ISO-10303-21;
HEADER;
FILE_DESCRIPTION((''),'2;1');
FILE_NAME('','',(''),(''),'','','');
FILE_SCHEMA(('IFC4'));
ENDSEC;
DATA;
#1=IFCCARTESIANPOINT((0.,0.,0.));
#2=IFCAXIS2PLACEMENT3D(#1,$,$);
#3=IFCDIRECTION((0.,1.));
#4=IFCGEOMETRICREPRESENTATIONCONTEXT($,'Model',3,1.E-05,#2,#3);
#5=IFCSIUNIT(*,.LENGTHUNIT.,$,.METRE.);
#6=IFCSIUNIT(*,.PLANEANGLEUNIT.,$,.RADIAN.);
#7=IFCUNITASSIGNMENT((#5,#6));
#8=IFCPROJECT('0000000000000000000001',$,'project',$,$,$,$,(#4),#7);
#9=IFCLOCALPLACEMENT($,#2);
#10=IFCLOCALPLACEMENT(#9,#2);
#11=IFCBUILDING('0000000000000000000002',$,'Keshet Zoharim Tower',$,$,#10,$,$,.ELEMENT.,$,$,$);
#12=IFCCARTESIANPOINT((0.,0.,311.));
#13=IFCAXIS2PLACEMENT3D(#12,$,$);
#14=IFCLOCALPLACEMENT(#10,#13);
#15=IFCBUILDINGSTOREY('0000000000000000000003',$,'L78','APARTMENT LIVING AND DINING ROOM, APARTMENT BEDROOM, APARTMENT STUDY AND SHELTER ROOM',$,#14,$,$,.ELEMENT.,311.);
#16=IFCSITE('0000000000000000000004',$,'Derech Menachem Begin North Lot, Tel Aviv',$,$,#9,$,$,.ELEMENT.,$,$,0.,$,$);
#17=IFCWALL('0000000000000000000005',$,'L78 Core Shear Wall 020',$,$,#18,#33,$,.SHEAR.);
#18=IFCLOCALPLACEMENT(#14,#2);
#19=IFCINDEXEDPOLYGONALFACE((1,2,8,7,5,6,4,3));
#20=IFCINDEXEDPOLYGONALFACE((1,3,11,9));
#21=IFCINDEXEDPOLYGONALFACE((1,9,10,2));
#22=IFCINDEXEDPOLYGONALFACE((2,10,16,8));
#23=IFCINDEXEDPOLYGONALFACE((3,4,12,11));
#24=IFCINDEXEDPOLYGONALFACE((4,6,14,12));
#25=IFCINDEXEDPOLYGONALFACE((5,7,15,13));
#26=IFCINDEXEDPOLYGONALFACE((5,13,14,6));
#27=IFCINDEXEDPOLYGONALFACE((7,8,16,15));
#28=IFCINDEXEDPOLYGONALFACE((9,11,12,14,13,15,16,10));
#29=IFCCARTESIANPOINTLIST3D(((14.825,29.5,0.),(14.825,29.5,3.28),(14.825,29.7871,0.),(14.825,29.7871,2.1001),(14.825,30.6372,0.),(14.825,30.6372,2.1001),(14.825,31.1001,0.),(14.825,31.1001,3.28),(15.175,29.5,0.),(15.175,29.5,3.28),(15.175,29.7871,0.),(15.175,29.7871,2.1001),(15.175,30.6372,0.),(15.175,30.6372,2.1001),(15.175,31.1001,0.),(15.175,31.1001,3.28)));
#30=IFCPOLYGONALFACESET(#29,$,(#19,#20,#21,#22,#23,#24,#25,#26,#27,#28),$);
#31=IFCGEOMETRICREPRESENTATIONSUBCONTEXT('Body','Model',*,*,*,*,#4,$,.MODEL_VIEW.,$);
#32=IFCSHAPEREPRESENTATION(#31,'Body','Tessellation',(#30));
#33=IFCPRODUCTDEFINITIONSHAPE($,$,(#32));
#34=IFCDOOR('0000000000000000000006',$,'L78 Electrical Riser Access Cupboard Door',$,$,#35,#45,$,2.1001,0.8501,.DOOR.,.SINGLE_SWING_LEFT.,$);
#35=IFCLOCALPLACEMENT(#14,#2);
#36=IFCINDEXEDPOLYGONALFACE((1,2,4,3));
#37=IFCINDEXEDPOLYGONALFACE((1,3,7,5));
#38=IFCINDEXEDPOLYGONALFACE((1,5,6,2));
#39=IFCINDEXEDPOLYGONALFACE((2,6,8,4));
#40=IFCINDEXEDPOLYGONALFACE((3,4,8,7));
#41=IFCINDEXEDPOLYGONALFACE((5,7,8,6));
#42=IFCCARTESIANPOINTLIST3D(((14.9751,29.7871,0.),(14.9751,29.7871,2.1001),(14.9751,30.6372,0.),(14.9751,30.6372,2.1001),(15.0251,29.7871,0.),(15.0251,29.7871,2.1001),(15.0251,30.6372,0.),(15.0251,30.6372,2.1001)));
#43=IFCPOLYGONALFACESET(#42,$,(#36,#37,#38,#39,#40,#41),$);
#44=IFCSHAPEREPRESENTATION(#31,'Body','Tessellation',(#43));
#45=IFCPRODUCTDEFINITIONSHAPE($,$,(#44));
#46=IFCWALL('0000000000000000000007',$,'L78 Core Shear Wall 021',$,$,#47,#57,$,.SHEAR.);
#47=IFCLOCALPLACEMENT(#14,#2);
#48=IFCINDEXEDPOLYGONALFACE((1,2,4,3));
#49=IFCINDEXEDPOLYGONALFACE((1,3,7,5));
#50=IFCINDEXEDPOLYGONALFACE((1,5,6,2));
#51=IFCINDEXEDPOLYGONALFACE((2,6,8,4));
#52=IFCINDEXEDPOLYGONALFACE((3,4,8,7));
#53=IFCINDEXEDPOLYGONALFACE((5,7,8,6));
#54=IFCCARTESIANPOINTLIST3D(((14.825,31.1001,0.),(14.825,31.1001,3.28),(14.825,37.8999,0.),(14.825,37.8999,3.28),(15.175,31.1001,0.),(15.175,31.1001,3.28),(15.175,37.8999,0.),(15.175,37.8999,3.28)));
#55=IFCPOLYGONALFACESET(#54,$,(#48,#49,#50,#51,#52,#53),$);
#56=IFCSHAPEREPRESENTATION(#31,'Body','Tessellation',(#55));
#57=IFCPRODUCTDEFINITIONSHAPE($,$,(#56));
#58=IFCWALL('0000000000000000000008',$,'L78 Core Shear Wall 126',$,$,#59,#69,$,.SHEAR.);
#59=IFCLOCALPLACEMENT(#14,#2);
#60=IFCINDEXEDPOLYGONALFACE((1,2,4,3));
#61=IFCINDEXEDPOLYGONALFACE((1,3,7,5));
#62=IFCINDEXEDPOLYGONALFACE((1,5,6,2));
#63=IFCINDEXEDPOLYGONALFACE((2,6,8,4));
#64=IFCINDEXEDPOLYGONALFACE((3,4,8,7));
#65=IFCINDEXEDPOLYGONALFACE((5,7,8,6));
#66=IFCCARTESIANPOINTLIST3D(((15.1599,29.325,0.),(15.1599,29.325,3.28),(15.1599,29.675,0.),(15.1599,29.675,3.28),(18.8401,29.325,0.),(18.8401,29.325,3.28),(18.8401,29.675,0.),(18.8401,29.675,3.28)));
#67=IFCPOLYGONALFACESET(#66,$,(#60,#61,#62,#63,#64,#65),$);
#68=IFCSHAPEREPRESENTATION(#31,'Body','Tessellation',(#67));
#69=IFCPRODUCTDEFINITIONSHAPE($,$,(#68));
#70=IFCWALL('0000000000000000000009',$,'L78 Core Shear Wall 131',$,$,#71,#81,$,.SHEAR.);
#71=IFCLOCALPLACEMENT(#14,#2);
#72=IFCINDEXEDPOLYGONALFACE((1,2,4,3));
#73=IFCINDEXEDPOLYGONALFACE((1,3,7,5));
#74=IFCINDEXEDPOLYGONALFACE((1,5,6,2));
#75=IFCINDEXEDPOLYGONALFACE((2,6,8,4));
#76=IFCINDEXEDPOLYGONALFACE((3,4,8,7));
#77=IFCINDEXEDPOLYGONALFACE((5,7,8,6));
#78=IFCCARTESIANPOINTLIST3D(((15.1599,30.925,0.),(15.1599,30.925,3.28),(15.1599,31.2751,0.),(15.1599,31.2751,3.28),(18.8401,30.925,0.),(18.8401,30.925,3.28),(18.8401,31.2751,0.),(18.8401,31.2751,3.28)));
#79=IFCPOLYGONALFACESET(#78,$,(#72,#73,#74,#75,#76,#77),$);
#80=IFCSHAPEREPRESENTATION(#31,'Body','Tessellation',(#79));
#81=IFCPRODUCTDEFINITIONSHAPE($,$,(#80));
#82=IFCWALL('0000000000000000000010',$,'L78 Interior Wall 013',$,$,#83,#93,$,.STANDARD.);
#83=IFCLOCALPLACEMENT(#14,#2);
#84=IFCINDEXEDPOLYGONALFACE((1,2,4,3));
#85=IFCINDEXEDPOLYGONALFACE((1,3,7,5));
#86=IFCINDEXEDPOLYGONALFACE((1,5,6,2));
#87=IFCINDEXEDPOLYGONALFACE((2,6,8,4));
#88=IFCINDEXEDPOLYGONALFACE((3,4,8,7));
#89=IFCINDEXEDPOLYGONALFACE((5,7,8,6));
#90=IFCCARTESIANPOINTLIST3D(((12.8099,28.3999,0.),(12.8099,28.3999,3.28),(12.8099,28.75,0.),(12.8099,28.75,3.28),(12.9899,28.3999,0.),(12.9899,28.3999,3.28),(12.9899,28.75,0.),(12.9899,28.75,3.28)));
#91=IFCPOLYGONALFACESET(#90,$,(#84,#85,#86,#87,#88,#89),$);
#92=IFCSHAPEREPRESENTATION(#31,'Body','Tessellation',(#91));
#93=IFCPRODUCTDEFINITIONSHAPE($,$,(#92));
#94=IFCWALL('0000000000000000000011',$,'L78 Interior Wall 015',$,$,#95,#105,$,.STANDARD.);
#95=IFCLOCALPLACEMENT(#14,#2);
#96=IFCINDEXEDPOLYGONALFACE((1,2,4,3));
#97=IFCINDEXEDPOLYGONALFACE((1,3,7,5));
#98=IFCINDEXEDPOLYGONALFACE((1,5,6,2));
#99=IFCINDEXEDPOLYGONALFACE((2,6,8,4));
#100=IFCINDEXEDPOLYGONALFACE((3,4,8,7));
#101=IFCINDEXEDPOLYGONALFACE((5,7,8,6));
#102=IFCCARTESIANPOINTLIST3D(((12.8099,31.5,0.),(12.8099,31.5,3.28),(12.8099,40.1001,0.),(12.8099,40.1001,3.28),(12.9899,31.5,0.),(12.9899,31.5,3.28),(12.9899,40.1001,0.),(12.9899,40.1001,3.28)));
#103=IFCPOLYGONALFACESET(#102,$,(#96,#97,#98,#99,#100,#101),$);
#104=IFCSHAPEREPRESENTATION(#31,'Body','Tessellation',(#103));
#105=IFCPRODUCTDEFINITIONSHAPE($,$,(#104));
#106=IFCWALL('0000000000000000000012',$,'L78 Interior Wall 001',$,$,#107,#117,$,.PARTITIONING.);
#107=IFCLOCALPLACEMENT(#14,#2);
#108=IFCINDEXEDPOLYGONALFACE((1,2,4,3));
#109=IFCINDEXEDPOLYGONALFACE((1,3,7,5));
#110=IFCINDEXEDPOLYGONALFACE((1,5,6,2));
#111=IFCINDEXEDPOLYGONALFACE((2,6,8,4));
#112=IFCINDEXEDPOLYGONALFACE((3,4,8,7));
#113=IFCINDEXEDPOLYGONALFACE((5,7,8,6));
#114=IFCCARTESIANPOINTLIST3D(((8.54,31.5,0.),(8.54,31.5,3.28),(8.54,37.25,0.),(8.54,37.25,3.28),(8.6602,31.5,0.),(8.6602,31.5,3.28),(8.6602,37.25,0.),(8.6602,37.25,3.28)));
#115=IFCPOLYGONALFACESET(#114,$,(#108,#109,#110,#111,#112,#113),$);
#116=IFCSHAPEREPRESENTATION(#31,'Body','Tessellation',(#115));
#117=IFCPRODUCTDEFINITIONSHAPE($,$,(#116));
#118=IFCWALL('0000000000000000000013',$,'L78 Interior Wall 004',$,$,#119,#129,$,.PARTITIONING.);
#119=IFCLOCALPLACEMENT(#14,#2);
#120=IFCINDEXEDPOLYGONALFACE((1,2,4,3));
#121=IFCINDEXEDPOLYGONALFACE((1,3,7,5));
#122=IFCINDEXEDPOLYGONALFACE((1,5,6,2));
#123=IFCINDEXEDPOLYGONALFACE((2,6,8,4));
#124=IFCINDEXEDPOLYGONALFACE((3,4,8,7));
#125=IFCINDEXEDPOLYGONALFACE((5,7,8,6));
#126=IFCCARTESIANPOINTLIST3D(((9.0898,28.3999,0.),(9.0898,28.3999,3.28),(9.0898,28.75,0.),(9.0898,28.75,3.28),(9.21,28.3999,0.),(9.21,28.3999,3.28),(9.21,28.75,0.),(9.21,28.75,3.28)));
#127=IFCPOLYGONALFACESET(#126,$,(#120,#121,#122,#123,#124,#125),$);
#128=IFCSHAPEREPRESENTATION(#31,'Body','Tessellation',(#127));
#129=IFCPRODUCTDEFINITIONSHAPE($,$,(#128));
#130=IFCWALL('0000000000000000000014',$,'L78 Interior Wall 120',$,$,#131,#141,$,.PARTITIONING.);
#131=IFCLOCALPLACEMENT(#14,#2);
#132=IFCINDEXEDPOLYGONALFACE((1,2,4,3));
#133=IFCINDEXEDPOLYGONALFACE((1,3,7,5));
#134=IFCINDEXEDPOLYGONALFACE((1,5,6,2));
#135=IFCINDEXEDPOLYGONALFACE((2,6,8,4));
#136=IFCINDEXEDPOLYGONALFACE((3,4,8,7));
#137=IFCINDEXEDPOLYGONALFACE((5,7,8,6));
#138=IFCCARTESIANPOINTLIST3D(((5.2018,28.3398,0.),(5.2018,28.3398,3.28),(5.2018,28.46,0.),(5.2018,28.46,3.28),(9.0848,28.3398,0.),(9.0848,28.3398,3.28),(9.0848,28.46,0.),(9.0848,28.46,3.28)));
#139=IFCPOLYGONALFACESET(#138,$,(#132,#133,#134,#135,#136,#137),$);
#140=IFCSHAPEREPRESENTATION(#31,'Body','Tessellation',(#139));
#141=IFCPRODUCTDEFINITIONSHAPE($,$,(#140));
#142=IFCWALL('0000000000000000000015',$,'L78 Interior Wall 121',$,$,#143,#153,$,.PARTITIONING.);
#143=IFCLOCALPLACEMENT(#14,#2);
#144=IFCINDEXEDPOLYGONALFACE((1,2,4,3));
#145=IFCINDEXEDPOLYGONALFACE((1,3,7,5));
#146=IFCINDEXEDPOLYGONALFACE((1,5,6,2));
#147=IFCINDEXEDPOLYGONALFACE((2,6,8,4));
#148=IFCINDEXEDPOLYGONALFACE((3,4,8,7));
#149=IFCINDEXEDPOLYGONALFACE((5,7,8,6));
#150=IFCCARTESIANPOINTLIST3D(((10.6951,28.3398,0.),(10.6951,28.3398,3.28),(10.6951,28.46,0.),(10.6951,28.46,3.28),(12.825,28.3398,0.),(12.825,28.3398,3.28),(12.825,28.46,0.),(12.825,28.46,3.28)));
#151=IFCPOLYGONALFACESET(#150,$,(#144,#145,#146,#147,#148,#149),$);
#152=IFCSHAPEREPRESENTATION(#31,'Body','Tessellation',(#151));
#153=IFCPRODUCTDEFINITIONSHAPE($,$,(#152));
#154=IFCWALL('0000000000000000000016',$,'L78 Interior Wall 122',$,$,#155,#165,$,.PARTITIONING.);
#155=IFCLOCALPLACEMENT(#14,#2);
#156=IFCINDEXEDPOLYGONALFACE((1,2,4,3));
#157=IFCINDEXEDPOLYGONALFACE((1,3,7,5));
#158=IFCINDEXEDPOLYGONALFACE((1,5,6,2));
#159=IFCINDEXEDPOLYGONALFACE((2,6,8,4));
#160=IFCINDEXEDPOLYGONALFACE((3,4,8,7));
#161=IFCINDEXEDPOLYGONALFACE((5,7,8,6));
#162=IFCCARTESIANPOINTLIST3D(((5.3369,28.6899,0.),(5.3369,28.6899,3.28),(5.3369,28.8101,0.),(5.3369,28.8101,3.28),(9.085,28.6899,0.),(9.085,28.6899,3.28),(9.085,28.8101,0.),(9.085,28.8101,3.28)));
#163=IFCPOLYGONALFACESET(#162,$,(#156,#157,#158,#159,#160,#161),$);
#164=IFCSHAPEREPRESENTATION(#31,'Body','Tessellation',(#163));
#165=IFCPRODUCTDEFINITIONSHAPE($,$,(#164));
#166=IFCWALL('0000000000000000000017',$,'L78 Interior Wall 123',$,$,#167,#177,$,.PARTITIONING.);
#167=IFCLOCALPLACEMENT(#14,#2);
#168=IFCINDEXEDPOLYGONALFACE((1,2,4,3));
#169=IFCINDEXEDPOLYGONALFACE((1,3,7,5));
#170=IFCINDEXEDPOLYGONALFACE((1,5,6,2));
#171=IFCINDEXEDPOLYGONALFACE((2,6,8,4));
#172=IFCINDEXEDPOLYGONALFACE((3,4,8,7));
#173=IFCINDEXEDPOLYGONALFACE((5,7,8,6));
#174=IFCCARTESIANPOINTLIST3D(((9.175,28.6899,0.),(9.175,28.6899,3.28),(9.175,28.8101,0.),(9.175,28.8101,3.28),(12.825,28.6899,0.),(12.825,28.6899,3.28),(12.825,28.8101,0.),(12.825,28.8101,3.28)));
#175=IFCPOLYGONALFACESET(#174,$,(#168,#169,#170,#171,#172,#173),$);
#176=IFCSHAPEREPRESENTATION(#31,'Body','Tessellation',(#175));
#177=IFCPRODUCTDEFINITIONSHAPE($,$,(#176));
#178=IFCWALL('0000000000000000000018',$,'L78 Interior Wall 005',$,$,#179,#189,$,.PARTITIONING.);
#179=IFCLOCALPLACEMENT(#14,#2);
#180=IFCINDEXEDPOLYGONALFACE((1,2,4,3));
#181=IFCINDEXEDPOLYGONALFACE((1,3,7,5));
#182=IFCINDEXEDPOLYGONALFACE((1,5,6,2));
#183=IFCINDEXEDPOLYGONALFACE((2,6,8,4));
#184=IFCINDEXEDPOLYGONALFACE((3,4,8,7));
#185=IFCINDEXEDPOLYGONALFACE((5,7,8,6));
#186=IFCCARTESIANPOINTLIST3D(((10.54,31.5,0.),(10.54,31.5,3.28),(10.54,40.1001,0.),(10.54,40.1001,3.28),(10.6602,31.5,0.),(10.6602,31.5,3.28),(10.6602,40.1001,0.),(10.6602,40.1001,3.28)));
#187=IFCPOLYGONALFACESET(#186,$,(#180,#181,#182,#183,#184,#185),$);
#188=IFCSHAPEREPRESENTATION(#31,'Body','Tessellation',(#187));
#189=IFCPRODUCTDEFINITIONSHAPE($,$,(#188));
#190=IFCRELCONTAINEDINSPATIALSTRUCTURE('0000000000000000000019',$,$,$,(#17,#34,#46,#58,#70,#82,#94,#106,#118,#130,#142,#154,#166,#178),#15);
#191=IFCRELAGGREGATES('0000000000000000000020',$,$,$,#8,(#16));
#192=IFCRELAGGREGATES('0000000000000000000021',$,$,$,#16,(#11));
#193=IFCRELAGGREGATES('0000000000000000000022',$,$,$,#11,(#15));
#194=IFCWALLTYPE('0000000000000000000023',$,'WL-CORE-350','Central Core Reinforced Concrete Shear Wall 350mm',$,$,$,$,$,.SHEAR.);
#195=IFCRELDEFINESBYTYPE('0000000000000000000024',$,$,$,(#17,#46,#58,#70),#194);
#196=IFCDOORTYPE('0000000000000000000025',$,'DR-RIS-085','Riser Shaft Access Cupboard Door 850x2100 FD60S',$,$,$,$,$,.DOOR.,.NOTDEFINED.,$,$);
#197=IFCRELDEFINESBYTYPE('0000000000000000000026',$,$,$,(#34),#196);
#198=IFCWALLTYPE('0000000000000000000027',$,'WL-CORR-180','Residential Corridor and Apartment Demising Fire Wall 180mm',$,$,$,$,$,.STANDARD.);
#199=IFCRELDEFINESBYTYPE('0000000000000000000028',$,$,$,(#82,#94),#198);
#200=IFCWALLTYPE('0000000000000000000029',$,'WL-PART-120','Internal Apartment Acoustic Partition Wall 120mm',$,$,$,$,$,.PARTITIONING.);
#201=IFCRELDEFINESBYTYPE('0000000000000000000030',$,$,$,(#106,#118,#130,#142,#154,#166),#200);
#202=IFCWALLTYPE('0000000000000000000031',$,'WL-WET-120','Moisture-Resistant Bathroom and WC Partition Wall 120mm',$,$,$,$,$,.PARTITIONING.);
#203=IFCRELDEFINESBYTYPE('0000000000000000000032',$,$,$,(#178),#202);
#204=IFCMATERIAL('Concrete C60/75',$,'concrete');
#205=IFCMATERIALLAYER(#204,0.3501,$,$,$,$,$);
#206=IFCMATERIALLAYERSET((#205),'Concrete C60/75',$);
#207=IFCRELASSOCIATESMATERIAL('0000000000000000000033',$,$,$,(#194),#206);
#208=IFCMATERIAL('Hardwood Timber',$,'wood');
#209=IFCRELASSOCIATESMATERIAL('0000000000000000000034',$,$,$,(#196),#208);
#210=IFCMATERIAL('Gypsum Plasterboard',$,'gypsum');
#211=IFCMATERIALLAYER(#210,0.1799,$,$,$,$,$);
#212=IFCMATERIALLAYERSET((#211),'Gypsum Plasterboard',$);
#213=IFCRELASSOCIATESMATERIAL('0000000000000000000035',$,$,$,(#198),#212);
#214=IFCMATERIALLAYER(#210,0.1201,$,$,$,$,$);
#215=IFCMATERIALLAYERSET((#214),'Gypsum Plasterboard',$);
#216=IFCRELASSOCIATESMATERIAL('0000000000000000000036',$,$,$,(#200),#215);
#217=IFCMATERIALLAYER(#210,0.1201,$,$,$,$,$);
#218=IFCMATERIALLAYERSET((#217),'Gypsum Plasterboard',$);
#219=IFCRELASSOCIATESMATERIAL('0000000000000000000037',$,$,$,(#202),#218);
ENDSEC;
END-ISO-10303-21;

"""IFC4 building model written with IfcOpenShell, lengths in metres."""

from ifc_helpers import new_model, si_unit, direction, frame, frame_2d, origin, place, context, subcontext, project, spatial, rectangle, extrude, material, layer, layer_set, type_object, element, fill, save


model = new_model("IFC4")

# Units and contexts
model_context = context("Model", 3, precision=1e-05, world=origin(), true_north=direction((0.0, 1.0)))
body_context = subcontext(model_context, "Body", "Model", "MODEL_VIEW")
ifc_project = project(units=[si_unit("LENGTHUNIT", "METRE"), si_unit("PLANEANGLEUNIT", "RADIAN")], contexts=[model_context])

# Site, building, storey
site_placement = place(None, origin())
site = spatial("IfcSite", under=ifc_project, at=site_placement, Name="Derech Menachem Begin North Lot, Tel Aviv", CompositionType="ELEMENT", RefElevation=0.0)
building_placement = place(site_placement, origin())
building = spatial("IfcBuilding", under=site, at=building_placement, Name="Keshet Zoharim Tower", CompositionType="ELEMENT")
storey_placement = place(building_placement, frame((0.0, 0.0, 311.0)))
storey = spatial("IfcBuildingStorey", under=building, at=storey_placement, Name="L78", Description="APARTMENT LIVING AND DINING ROOM, APARTMENT BEDROOM, APARTMENT STUDY AND SHELTER ROOM", CompositionType="ELEMENT", Elevation=311.0)

# Wall, opening, door
ifc_material_1 = material(Name="Concrete C60/75", Category="concrete")
ifc_layer_1 = layer(ifc_material_1, 0.3501)
ifc_layer_set_1 = layer_set([ifc_layer_1], Name="Concrete C60/75")
wall_type_1 = type_object("IfcWallType", Name="WL-CORE-350", Description="Central Core Reinforced Concrete Shear Wall 350mm", PredefinedType="SHEAR", material=ifc_layer_set_1)
wall_1_placement = place(storey_placement, frame((15.0, 29.5, 0.0), z_axis=(0.0, 0.0, 1.0), x_axis=(0.0, 1.0, 0.0)))
wall_1 = element("IfcWall", 1, at=wall_1_placement, inside=storey, type_object=wall_type_1, Name="L78 Core Shear Wall 020", PredefinedType="SHEAR", context=body_context, shape_type="SweptSolid", body=[
    extrude(rectangle(XDim=1.6001, YDim=0.3501, at=frame_2d((0.8, 0.0))), origin(), (0.0, 0.0, 1.0), 3.28),
])
opening_1_placement = place(wall_1_placement, frame((0.2871, 0.0, 0.0)))
opening_1 = element("IfcOpeningElement", 2, at=opening_1_placement, cuts=wall_1, PredefinedType="OPENING", context=body_context, shape_type="SweptSolid", body=[
    extrude(rectangle(XDim=0.8501, YDim=2.1001, at=frame_2d((0.425, 1.05))), frame((0.0, 0.1851, 0.0), z_axis=(0.0, -1.0, 0.0), x_axis=(1.0, 0.0, 0.0)), (0.0, 0.0, 1.0), 0.3701),
])
ifc_material_2 = material(Name="Hardwood Timber", Category="wood")
door_type_1 = type_object("IfcDoorType", Name="DR-RIS-085", Description="Riser Shaft Access Cupboard Door 850x2100 FD60S", OperationType="NOTDEFINED", PredefinedType="DOOR", material=ifc_material_2)
door_1_placement = place(opening_1_placement, origin())
door_1 = element("IfcDoor", 3, at=door_1_placement, inside=storey, type_object=door_type_1, Name="L78 Electrical Riser Access Cupboard Door", OperationType="SINGLE_SWING_LEFT", OverallHeight=2.1001, OverallWidth=0.8501, PredefinedType="DOOR", context=body_context, shape_type="SweptSolid", body=[
    extrude(rectangle(XDim=0.8501, YDim=2.1001, at=frame_2d((0.425, 1.05))), frame((0.0, 0.0249, 0.0), z_axis=(0.0, -1.0, 0.0), x_axis=(1.0, 0.0, 0.0)), (0.0, 0.0, 1.0), 0.05),
])
fill(opening_1, door_1)

# Walls
wall_2_placement = place(storey_placement, frame((15.0, 31.1001, 0.0), z_axis=(0.0, 0.0, 1.0), x_axis=(0.0, 1.0, 0.0)))
element("IfcWall", 4, at=wall_2_placement, inside=storey, type_object=wall_type_1, Name="L78 Core Shear Wall 021", PredefinedType="SHEAR", context=body_context, shape_type="SweptSolid", body=[
    extrude(rectangle(XDim=6.7998, YDim=0.3501, at=frame_2d((3.3999, 0.0))), origin(), (0.0, 0.0, 1.0), 3.28),
])
for number, where, z_axis, x_axis, name in (
    (5, (15.1599, 29.5, 0.0), (0.0, 0.0, 1.0), (1.0, 0.0, 0.0), "L78 Core Shear Wall 126"),
    (6, (15.1599, 31.1001, 0.0), (0.0, 0.0, 1.0), (1.0, 0.0, 0.0), "L78 Core Shear Wall 131"),
):
    element("IfcWall", number, at=place(storey_placement, frame(where, z_axis=z_axis, x_axis=x_axis)), inside=storey, type_object=wall_type_1, Name=name, PredefinedType="SHEAR", context=body_context, shape_type="SweptSolid", body=[
        extrude(rectangle(XDim=3.6802, YDim=0.3501, at=frame_2d((1.8401, 0.0))), origin(), (0.0, 0.0, 1.0), 3.28),
    ])
ifc_material_3 = material(Name="Gypsum Plasterboard", Category="gypsum")
ifc_layer_2 = layer(ifc_material_3, 0.1799)
ifc_layer_set_2 = layer_set([ifc_layer_2], Name="Gypsum Plasterboard")
wall_type_2 = type_object("IfcWallType", Name="WL-CORR-180", Description="Residential Corridor and Apartment Demising Fire Wall 180mm", PredefinedType="STANDARD", material=ifc_layer_set_2)
wall_3_placement = place(storey_placement, frame((12.8999, 28.3999, 0.0), z_axis=(0.0, 0.0, 1.0), x_axis=(0.0, 1.0, 0.0)))
element("IfcWall", 7, at=wall_3_placement, inside=storey, type_object=wall_type_2, Name="L78 Interior Wall 013", PredefinedType="STANDARD", context=body_context, shape_type="SweptSolid", body=[
    extrude(rectangle(XDim=0.3501, YDim=0.1799, at=frame_2d((0.175, 0.0))), origin(), (0.0, 0.0, 1.0), 3.28),
])

# Walls
wall_4_placement = place(storey_placement, frame((12.8999, 31.5, 0.0), z_axis=(0.0, 0.0, 1.0), x_axis=(0.0, 1.0, 0.0)))
element("IfcWall", 8, at=wall_4_placement, inside=storey, type_object=wall_type_2, Name="L78 Interior Wall 015", PredefinedType="STANDARD", context=body_context, shape_type="SweptSolid", body=[
    extrude(rectangle(XDim=8.6001, YDim=0.1799, at=frame_2d((4.3, 0.0))), origin(), (0.0, 0.0, 1.0), 3.28),
])
ifc_layer_3 = layer(ifc_material_3, 0.1201)
ifc_layer_set_3 = layer_set([ifc_layer_3], Name="Gypsum Plasterboard")
wall_type_3 = type_object("IfcWallType", Name="WL-PART-120", Description="Internal Apartment Acoustic Partition Wall 120mm", PredefinedType="PARTITIONING", material=ifc_layer_set_3)
wall_5_placement = place(storey_placement, frame((8.6001, 31.5, 0.0), z_axis=(0.0, 0.0, 1.0), x_axis=(0.0, 1.0, 0.0)))
element("IfcWall", 9, at=wall_5_placement, inside=storey, type_object=wall_type_3, Name="L78 Interior Wall 001", PredefinedType="PARTITIONING", context=body_context, shape_type="SweptSolid", body=[
    extrude(rectangle(XDim=5.75, YDim=0.1201, at=frame_2d((2.875, 0.0))), origin(), (0.0, 0.0, 1.0), 3.28),
])
wall_6_placement = place(storey_placement, frame((9.1499, 28.3999, 0.0), z_axis=(0.0, 0.0, 1.0), x_axis=(0.0, 1.0, 0.0)))
element("IfcWall", 10, at=wall_6_placement, inside=storey, type_object=wall_type_3, Name="L78 Interior Wall 004", PredefinedType="PARTITIONING", context=body_context, shape_type="SweptSolid", body=[
    extrude(rectangle(XDim=0.3501, YDim=0.1201, at=frame_2d((0.175, 0.0))), origin(), (0.0, 0.0, 1.0), 3.28),
])
wall_7_placement = place(storey_placement, frame((5.2019, 28.3999, 0.0), z_axis=(0.0, 0.0, 1.0), x_axis=(1.0, 0.0, 0.0)))
element("IfcWall", 11, at=wall_7_placement, inside=storey, type_object=wall_type_3, Name="L78 Interior Wall 120", PredefinedType="PARTITIONING", context=body_context, shape_type="SweptSolid", body=[
    extrude(rectangle(XDim=3.8831, YDim=0.1201, at=frame_2d((1.9414, 0.0))), origin(), (0.0, 0.0, 1.0), 3.28),
])
wall_8_placement = place(storey_placement, frame((10.6951, 28.3999, 0.0), z_axis=(0.0, 0.0, 1.0), x_axis=(1.0, 0.0, 0.0)))
element("IfcWall", 12, at=wall_8_placement, inside=storey, type_object=wall_type_3, Name="L78 Interior Wall 121", PredefinedType="PARTITIONING", context=body_context, shape_type="SweptSolid", body=[
    extrude(rectangle(XDim=2.1299, YDim=0.1201, at=frame_2d((1.0649, 0.0))), origin(), (0.0, 0.0, 1.0), 3.28),
])
wall_9_placement = place(storey_placement, frame((5.3369, 28.75, 0.0), z_axis=(0.0, 0.0, 1.0), x_axis=(1.0, 0.0, 0.0)))
element("IfcWall", 13, at=wall_9_placement, inside=storey, type_object=wall_type_3, Name="L78 Interior Wall 122", PredefinedType="PARTITIONING", context=body_context, shape_type="SweptSolid", body=[
    extrude(rectangle(XDim=3.748, YDim=0.1201, at=frame_2d((1.874, 0.0))), origin(), (0.0, 0.0, 1.0), 3.28),
])
wall_10_placement = place(storey_placement, frame((9.175, 28.75, 0.0), z_axis=(0.0, 0.0, 1.0), x_axis=(1.0, 0.0, 0.0)))
element("IfcWall", 14, at=wall_10_placement, inside=storey, type_object=wall_type_3, Name="L78 Interior Wall 123", PredefinedType="PARTITIONING", context=body_context, shape_type="SweptSolid", body=[
    extrude(rectangle(XDim=3.6499, YDim=0.1201, at=frame_2d((1.825, 0.0))), origin(), (0.0, 0.0, 1.0), 3.28),
])

# Wall
ifc_layer_4 = layer(ifc_material_3, 0.1201)
ifc_layer_set_4 = layer_set([ifc_layer_4], Name="Gypsum Plasterboard")
wall_type_4 = type_object("IfcWallType", Name="WL-WET-120", Description="Moisture-Resistant Bathroom and WC Partition Wall 120mm", PredefinedType="PARTITIONING", material=ifc_layer_set_4)
wall_11_placement = place(storey_placement, frame((10.6001, 31.5, 0.0), z_axis=(0.0, 0.0, 1.0), x_axis=(0.0, 1.0, 0.0)))
element("IfcWall", 15, at=wall_11_placement, inside=storey, type_object=wall_type_4, Name="L78 Interior Wall 005", PredefinedType="PARTITIONING", context=body_context, shape_type="SweptSolid", body=[
    extrude(rectangle(XDim=8.6001, YDim=0.1201, at=frame_2d((4.3, 0.0))), origin(), (0.0, 0.0, 1.0), 3.28),
])

save(model, "model.ifc")
